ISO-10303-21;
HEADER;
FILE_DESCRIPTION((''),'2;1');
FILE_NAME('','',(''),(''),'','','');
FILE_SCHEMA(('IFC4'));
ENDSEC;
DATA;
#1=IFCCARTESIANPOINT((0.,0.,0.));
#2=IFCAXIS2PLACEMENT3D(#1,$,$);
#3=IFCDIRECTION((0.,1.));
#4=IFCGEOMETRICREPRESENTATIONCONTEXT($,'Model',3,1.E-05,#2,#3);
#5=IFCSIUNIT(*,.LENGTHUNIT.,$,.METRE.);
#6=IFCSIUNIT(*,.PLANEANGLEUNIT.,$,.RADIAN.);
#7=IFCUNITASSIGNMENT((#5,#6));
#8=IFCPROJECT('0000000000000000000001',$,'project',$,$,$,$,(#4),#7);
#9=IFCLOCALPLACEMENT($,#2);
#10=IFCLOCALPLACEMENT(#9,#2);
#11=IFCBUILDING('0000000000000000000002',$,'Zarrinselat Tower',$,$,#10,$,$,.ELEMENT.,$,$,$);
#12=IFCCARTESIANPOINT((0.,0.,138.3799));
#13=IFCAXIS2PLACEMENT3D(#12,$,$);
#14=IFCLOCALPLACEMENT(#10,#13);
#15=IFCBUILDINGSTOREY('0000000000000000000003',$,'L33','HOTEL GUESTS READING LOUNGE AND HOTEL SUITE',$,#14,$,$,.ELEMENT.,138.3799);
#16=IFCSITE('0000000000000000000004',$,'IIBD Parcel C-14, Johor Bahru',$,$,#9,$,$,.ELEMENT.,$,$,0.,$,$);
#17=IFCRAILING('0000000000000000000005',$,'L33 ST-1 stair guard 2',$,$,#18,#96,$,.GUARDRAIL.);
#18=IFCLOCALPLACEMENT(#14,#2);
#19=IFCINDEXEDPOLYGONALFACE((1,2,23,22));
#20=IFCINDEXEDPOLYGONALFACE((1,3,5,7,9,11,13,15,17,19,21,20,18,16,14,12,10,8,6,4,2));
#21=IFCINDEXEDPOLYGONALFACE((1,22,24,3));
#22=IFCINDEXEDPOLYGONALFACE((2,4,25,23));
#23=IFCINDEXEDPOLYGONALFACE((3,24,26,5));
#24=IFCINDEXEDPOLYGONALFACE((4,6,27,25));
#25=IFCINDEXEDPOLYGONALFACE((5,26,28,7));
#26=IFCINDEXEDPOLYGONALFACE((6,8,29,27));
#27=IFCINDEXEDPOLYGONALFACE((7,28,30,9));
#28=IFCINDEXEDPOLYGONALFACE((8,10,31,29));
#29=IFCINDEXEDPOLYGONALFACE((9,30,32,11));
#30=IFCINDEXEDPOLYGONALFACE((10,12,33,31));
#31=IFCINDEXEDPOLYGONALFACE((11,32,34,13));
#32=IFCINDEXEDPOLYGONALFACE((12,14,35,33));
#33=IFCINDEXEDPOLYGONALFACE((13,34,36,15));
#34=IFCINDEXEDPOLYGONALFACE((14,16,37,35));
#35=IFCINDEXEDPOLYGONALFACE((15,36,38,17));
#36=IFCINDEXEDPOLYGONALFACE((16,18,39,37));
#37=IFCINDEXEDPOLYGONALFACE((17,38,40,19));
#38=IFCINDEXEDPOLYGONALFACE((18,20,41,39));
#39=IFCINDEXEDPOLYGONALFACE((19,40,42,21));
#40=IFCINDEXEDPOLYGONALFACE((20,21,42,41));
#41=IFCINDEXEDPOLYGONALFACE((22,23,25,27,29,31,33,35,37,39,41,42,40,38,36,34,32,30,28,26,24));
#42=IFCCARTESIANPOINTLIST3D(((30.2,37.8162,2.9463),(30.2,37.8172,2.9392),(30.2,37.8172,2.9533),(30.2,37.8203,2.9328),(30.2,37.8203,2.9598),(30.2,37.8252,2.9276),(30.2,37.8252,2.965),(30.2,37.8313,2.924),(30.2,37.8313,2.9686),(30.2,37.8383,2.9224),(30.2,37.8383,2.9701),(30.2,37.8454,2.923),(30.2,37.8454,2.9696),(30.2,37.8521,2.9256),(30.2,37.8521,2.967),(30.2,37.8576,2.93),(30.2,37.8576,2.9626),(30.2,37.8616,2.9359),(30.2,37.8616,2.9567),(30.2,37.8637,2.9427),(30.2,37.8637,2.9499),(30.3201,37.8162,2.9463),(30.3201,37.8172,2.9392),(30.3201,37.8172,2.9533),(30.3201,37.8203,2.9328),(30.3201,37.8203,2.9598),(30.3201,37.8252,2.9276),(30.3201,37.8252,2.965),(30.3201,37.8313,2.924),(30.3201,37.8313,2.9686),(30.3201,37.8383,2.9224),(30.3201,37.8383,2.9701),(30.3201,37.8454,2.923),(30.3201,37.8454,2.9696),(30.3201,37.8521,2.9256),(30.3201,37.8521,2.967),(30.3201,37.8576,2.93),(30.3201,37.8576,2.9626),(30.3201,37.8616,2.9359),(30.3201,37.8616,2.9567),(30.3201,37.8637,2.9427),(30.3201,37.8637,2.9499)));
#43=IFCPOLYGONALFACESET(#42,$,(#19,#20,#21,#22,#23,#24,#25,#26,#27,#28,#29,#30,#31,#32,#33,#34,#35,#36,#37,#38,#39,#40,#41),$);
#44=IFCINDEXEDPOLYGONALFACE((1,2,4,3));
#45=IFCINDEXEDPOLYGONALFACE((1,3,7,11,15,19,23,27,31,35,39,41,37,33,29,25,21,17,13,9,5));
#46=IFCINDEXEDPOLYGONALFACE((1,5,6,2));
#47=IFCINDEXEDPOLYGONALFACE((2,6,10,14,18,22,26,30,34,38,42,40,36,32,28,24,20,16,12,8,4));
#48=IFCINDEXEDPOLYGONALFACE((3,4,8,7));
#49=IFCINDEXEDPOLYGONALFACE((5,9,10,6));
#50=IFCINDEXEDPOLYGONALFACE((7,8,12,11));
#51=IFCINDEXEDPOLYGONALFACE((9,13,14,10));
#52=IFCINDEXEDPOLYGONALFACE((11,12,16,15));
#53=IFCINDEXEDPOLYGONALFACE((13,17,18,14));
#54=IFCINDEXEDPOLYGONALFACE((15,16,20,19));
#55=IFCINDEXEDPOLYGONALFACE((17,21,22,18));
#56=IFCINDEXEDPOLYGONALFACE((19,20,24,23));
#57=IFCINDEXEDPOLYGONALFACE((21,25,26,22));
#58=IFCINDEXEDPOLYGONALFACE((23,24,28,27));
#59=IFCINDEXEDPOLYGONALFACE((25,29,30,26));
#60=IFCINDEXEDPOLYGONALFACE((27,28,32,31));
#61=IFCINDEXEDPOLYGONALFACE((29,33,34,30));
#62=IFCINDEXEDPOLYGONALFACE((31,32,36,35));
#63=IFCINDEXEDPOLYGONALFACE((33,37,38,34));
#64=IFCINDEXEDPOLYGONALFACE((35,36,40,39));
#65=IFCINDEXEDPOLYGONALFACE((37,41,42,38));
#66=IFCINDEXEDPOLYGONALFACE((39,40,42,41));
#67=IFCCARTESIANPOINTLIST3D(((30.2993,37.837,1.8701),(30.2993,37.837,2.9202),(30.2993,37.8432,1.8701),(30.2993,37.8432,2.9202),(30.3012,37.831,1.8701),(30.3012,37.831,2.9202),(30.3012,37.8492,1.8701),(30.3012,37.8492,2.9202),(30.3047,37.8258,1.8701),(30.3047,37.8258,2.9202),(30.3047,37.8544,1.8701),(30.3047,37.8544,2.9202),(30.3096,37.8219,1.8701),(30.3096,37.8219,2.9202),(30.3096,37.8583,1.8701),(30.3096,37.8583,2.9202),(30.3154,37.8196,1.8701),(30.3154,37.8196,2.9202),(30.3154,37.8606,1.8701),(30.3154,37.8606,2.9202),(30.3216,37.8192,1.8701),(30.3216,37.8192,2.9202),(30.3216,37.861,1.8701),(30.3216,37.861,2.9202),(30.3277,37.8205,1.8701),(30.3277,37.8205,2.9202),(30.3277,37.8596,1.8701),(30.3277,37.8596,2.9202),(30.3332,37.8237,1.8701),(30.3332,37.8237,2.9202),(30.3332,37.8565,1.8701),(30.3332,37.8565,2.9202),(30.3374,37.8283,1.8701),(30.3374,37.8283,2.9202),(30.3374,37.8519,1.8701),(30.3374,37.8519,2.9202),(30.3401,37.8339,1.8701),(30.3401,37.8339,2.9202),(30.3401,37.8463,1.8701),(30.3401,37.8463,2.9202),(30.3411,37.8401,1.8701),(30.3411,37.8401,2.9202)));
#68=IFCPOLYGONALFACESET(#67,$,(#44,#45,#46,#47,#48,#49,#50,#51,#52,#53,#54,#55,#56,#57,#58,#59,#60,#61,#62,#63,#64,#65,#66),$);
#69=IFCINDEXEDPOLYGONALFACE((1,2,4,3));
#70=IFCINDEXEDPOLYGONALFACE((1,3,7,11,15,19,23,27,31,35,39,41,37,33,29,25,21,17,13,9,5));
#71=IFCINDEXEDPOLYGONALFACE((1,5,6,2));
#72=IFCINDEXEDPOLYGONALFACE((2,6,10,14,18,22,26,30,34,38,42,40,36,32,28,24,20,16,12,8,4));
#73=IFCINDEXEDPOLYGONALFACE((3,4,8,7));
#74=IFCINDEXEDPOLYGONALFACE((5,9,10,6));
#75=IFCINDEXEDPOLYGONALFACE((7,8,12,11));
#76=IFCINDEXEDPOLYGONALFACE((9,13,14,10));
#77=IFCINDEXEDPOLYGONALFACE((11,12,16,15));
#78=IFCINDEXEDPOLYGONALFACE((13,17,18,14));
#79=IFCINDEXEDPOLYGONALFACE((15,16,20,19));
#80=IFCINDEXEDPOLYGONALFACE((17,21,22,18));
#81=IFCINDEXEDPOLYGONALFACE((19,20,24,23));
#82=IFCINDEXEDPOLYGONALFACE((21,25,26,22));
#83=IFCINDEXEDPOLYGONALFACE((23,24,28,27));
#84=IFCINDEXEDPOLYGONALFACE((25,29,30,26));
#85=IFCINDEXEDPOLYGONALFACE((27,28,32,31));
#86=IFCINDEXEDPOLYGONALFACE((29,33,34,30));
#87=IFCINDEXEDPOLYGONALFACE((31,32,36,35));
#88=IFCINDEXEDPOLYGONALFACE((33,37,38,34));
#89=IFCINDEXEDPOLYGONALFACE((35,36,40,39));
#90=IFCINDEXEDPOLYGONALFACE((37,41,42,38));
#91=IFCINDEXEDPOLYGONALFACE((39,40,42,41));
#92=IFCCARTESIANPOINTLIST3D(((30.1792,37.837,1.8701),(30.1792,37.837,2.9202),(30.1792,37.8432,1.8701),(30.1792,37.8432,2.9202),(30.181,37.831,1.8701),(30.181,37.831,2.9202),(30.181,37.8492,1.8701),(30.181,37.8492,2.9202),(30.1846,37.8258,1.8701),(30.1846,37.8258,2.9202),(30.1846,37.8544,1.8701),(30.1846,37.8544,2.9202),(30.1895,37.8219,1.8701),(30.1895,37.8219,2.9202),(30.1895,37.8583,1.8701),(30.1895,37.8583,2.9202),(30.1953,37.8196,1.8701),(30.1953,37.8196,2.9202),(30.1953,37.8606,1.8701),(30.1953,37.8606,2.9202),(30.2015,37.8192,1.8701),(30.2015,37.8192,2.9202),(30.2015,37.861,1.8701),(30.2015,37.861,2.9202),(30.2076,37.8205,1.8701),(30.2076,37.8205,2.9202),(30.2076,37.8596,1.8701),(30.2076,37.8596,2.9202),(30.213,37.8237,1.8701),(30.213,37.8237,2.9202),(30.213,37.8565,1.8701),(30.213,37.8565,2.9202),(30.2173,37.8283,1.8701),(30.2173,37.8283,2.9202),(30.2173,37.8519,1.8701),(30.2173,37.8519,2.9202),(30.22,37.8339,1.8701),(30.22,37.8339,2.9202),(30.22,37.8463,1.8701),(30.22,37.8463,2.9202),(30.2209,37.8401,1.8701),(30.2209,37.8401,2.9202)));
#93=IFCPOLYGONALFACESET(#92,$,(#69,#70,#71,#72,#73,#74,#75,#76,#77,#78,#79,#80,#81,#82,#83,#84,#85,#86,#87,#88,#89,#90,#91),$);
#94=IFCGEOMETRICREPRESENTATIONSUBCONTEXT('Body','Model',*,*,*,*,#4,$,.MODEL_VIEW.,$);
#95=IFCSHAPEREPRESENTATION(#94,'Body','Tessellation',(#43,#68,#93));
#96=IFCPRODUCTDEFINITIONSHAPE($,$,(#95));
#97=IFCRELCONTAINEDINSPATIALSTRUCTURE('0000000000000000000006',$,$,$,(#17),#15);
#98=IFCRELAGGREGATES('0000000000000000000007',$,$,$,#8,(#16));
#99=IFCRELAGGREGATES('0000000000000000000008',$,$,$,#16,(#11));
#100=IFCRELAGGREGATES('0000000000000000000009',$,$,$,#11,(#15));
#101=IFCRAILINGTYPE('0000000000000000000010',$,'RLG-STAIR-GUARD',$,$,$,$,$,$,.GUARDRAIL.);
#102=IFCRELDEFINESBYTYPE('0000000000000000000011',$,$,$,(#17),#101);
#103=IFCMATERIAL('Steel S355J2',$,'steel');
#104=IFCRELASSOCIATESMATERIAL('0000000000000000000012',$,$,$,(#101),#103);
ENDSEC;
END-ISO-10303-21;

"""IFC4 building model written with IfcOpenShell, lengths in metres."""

from ifc_helpers import new_model, si_unit, direction, frame, origin, origin_2d, place, context, subcontext, project, spatial, circle, extrude, material, type_object, element, save


model = new_model("IFC4")

# Units and contexts
model_context = context("Model", 3, precision=1e-05, world=origin(), true_north=direction((0.0, 1.0)))
body_context = subcontext(model_context, "Body", "Model", "MODEL_VIEW")
ifc_project = project(units=[si_unit("LENGTHUNIT", "METRE"), si_unit("PLANEANGLEUNIT", "RADIAN")], contexts=[model_context])

# Site, building, storey
site_placement = place(None, origin())
site = spatial("IfcSite", under=ifc_project, at=site_placement, Name="IIBD Parcel C-14, Johor Bahru", CompositionType="ELEMENT", RefElevation=0.0)
building_placement = place(site_placement, origin())
building = spatial("IfcBuilding", under=site, at=building_placement, Name="Zarrinselat Tower", CompositionType="ELEMENT")
storey_placement = place(building_placement, frame((0.0, 0.0, 138.3799)))
storey = spatial("IfcBuildingStorey", under=building, at=storey_placement, Name="L33", Description="HOTEL GUESTS READING LOUNGE AND HOTEL SUITE", CompositionType="ELEMENT", Elevation=138.3799)

# Railing
ifc_material_1 = material(Name="Steel S355J2", Category="steel")
railing_type_1 = type_object("IfcRailingType", Name="RLG-STAIR-GUARD", PredefinedType="GUARDRAIL", material=ifc_material_1)
railing_1_placement = place(storey_placement, frame((30.3201, 37.8401, 1.8701)))
element("IfcRailing", 1, at=railing_1_placement, inside=storey, type_object=railing_type_1, Name="L33 ST-1 stair guard 2", PredefinedType="GUARDRAIL", context=body_context, shape_type="SweptSolid", body=[
    extrude(circle(Radius=0.0239, at=origin_2d()), frame((0.0, 0.0, 1.0762), z_axis=(-1.0, 0.0, 0.0), x_axis=(0.0, -1.0, 0.0)), (0.0, 0.0, 1.0), 0.1201),
    extrude(circle(Radius=0.021, at=origin_2d()), origin(), (0.0, 0.0, 1.0), 1.05),
    extrude(circle(Radius=0.021, at=origin_2d()), frame((-0.1201, 0.0, 0.0)), (0.0, 0.0, 1.0), 1.05),
])

save(model, "model.ifc")
